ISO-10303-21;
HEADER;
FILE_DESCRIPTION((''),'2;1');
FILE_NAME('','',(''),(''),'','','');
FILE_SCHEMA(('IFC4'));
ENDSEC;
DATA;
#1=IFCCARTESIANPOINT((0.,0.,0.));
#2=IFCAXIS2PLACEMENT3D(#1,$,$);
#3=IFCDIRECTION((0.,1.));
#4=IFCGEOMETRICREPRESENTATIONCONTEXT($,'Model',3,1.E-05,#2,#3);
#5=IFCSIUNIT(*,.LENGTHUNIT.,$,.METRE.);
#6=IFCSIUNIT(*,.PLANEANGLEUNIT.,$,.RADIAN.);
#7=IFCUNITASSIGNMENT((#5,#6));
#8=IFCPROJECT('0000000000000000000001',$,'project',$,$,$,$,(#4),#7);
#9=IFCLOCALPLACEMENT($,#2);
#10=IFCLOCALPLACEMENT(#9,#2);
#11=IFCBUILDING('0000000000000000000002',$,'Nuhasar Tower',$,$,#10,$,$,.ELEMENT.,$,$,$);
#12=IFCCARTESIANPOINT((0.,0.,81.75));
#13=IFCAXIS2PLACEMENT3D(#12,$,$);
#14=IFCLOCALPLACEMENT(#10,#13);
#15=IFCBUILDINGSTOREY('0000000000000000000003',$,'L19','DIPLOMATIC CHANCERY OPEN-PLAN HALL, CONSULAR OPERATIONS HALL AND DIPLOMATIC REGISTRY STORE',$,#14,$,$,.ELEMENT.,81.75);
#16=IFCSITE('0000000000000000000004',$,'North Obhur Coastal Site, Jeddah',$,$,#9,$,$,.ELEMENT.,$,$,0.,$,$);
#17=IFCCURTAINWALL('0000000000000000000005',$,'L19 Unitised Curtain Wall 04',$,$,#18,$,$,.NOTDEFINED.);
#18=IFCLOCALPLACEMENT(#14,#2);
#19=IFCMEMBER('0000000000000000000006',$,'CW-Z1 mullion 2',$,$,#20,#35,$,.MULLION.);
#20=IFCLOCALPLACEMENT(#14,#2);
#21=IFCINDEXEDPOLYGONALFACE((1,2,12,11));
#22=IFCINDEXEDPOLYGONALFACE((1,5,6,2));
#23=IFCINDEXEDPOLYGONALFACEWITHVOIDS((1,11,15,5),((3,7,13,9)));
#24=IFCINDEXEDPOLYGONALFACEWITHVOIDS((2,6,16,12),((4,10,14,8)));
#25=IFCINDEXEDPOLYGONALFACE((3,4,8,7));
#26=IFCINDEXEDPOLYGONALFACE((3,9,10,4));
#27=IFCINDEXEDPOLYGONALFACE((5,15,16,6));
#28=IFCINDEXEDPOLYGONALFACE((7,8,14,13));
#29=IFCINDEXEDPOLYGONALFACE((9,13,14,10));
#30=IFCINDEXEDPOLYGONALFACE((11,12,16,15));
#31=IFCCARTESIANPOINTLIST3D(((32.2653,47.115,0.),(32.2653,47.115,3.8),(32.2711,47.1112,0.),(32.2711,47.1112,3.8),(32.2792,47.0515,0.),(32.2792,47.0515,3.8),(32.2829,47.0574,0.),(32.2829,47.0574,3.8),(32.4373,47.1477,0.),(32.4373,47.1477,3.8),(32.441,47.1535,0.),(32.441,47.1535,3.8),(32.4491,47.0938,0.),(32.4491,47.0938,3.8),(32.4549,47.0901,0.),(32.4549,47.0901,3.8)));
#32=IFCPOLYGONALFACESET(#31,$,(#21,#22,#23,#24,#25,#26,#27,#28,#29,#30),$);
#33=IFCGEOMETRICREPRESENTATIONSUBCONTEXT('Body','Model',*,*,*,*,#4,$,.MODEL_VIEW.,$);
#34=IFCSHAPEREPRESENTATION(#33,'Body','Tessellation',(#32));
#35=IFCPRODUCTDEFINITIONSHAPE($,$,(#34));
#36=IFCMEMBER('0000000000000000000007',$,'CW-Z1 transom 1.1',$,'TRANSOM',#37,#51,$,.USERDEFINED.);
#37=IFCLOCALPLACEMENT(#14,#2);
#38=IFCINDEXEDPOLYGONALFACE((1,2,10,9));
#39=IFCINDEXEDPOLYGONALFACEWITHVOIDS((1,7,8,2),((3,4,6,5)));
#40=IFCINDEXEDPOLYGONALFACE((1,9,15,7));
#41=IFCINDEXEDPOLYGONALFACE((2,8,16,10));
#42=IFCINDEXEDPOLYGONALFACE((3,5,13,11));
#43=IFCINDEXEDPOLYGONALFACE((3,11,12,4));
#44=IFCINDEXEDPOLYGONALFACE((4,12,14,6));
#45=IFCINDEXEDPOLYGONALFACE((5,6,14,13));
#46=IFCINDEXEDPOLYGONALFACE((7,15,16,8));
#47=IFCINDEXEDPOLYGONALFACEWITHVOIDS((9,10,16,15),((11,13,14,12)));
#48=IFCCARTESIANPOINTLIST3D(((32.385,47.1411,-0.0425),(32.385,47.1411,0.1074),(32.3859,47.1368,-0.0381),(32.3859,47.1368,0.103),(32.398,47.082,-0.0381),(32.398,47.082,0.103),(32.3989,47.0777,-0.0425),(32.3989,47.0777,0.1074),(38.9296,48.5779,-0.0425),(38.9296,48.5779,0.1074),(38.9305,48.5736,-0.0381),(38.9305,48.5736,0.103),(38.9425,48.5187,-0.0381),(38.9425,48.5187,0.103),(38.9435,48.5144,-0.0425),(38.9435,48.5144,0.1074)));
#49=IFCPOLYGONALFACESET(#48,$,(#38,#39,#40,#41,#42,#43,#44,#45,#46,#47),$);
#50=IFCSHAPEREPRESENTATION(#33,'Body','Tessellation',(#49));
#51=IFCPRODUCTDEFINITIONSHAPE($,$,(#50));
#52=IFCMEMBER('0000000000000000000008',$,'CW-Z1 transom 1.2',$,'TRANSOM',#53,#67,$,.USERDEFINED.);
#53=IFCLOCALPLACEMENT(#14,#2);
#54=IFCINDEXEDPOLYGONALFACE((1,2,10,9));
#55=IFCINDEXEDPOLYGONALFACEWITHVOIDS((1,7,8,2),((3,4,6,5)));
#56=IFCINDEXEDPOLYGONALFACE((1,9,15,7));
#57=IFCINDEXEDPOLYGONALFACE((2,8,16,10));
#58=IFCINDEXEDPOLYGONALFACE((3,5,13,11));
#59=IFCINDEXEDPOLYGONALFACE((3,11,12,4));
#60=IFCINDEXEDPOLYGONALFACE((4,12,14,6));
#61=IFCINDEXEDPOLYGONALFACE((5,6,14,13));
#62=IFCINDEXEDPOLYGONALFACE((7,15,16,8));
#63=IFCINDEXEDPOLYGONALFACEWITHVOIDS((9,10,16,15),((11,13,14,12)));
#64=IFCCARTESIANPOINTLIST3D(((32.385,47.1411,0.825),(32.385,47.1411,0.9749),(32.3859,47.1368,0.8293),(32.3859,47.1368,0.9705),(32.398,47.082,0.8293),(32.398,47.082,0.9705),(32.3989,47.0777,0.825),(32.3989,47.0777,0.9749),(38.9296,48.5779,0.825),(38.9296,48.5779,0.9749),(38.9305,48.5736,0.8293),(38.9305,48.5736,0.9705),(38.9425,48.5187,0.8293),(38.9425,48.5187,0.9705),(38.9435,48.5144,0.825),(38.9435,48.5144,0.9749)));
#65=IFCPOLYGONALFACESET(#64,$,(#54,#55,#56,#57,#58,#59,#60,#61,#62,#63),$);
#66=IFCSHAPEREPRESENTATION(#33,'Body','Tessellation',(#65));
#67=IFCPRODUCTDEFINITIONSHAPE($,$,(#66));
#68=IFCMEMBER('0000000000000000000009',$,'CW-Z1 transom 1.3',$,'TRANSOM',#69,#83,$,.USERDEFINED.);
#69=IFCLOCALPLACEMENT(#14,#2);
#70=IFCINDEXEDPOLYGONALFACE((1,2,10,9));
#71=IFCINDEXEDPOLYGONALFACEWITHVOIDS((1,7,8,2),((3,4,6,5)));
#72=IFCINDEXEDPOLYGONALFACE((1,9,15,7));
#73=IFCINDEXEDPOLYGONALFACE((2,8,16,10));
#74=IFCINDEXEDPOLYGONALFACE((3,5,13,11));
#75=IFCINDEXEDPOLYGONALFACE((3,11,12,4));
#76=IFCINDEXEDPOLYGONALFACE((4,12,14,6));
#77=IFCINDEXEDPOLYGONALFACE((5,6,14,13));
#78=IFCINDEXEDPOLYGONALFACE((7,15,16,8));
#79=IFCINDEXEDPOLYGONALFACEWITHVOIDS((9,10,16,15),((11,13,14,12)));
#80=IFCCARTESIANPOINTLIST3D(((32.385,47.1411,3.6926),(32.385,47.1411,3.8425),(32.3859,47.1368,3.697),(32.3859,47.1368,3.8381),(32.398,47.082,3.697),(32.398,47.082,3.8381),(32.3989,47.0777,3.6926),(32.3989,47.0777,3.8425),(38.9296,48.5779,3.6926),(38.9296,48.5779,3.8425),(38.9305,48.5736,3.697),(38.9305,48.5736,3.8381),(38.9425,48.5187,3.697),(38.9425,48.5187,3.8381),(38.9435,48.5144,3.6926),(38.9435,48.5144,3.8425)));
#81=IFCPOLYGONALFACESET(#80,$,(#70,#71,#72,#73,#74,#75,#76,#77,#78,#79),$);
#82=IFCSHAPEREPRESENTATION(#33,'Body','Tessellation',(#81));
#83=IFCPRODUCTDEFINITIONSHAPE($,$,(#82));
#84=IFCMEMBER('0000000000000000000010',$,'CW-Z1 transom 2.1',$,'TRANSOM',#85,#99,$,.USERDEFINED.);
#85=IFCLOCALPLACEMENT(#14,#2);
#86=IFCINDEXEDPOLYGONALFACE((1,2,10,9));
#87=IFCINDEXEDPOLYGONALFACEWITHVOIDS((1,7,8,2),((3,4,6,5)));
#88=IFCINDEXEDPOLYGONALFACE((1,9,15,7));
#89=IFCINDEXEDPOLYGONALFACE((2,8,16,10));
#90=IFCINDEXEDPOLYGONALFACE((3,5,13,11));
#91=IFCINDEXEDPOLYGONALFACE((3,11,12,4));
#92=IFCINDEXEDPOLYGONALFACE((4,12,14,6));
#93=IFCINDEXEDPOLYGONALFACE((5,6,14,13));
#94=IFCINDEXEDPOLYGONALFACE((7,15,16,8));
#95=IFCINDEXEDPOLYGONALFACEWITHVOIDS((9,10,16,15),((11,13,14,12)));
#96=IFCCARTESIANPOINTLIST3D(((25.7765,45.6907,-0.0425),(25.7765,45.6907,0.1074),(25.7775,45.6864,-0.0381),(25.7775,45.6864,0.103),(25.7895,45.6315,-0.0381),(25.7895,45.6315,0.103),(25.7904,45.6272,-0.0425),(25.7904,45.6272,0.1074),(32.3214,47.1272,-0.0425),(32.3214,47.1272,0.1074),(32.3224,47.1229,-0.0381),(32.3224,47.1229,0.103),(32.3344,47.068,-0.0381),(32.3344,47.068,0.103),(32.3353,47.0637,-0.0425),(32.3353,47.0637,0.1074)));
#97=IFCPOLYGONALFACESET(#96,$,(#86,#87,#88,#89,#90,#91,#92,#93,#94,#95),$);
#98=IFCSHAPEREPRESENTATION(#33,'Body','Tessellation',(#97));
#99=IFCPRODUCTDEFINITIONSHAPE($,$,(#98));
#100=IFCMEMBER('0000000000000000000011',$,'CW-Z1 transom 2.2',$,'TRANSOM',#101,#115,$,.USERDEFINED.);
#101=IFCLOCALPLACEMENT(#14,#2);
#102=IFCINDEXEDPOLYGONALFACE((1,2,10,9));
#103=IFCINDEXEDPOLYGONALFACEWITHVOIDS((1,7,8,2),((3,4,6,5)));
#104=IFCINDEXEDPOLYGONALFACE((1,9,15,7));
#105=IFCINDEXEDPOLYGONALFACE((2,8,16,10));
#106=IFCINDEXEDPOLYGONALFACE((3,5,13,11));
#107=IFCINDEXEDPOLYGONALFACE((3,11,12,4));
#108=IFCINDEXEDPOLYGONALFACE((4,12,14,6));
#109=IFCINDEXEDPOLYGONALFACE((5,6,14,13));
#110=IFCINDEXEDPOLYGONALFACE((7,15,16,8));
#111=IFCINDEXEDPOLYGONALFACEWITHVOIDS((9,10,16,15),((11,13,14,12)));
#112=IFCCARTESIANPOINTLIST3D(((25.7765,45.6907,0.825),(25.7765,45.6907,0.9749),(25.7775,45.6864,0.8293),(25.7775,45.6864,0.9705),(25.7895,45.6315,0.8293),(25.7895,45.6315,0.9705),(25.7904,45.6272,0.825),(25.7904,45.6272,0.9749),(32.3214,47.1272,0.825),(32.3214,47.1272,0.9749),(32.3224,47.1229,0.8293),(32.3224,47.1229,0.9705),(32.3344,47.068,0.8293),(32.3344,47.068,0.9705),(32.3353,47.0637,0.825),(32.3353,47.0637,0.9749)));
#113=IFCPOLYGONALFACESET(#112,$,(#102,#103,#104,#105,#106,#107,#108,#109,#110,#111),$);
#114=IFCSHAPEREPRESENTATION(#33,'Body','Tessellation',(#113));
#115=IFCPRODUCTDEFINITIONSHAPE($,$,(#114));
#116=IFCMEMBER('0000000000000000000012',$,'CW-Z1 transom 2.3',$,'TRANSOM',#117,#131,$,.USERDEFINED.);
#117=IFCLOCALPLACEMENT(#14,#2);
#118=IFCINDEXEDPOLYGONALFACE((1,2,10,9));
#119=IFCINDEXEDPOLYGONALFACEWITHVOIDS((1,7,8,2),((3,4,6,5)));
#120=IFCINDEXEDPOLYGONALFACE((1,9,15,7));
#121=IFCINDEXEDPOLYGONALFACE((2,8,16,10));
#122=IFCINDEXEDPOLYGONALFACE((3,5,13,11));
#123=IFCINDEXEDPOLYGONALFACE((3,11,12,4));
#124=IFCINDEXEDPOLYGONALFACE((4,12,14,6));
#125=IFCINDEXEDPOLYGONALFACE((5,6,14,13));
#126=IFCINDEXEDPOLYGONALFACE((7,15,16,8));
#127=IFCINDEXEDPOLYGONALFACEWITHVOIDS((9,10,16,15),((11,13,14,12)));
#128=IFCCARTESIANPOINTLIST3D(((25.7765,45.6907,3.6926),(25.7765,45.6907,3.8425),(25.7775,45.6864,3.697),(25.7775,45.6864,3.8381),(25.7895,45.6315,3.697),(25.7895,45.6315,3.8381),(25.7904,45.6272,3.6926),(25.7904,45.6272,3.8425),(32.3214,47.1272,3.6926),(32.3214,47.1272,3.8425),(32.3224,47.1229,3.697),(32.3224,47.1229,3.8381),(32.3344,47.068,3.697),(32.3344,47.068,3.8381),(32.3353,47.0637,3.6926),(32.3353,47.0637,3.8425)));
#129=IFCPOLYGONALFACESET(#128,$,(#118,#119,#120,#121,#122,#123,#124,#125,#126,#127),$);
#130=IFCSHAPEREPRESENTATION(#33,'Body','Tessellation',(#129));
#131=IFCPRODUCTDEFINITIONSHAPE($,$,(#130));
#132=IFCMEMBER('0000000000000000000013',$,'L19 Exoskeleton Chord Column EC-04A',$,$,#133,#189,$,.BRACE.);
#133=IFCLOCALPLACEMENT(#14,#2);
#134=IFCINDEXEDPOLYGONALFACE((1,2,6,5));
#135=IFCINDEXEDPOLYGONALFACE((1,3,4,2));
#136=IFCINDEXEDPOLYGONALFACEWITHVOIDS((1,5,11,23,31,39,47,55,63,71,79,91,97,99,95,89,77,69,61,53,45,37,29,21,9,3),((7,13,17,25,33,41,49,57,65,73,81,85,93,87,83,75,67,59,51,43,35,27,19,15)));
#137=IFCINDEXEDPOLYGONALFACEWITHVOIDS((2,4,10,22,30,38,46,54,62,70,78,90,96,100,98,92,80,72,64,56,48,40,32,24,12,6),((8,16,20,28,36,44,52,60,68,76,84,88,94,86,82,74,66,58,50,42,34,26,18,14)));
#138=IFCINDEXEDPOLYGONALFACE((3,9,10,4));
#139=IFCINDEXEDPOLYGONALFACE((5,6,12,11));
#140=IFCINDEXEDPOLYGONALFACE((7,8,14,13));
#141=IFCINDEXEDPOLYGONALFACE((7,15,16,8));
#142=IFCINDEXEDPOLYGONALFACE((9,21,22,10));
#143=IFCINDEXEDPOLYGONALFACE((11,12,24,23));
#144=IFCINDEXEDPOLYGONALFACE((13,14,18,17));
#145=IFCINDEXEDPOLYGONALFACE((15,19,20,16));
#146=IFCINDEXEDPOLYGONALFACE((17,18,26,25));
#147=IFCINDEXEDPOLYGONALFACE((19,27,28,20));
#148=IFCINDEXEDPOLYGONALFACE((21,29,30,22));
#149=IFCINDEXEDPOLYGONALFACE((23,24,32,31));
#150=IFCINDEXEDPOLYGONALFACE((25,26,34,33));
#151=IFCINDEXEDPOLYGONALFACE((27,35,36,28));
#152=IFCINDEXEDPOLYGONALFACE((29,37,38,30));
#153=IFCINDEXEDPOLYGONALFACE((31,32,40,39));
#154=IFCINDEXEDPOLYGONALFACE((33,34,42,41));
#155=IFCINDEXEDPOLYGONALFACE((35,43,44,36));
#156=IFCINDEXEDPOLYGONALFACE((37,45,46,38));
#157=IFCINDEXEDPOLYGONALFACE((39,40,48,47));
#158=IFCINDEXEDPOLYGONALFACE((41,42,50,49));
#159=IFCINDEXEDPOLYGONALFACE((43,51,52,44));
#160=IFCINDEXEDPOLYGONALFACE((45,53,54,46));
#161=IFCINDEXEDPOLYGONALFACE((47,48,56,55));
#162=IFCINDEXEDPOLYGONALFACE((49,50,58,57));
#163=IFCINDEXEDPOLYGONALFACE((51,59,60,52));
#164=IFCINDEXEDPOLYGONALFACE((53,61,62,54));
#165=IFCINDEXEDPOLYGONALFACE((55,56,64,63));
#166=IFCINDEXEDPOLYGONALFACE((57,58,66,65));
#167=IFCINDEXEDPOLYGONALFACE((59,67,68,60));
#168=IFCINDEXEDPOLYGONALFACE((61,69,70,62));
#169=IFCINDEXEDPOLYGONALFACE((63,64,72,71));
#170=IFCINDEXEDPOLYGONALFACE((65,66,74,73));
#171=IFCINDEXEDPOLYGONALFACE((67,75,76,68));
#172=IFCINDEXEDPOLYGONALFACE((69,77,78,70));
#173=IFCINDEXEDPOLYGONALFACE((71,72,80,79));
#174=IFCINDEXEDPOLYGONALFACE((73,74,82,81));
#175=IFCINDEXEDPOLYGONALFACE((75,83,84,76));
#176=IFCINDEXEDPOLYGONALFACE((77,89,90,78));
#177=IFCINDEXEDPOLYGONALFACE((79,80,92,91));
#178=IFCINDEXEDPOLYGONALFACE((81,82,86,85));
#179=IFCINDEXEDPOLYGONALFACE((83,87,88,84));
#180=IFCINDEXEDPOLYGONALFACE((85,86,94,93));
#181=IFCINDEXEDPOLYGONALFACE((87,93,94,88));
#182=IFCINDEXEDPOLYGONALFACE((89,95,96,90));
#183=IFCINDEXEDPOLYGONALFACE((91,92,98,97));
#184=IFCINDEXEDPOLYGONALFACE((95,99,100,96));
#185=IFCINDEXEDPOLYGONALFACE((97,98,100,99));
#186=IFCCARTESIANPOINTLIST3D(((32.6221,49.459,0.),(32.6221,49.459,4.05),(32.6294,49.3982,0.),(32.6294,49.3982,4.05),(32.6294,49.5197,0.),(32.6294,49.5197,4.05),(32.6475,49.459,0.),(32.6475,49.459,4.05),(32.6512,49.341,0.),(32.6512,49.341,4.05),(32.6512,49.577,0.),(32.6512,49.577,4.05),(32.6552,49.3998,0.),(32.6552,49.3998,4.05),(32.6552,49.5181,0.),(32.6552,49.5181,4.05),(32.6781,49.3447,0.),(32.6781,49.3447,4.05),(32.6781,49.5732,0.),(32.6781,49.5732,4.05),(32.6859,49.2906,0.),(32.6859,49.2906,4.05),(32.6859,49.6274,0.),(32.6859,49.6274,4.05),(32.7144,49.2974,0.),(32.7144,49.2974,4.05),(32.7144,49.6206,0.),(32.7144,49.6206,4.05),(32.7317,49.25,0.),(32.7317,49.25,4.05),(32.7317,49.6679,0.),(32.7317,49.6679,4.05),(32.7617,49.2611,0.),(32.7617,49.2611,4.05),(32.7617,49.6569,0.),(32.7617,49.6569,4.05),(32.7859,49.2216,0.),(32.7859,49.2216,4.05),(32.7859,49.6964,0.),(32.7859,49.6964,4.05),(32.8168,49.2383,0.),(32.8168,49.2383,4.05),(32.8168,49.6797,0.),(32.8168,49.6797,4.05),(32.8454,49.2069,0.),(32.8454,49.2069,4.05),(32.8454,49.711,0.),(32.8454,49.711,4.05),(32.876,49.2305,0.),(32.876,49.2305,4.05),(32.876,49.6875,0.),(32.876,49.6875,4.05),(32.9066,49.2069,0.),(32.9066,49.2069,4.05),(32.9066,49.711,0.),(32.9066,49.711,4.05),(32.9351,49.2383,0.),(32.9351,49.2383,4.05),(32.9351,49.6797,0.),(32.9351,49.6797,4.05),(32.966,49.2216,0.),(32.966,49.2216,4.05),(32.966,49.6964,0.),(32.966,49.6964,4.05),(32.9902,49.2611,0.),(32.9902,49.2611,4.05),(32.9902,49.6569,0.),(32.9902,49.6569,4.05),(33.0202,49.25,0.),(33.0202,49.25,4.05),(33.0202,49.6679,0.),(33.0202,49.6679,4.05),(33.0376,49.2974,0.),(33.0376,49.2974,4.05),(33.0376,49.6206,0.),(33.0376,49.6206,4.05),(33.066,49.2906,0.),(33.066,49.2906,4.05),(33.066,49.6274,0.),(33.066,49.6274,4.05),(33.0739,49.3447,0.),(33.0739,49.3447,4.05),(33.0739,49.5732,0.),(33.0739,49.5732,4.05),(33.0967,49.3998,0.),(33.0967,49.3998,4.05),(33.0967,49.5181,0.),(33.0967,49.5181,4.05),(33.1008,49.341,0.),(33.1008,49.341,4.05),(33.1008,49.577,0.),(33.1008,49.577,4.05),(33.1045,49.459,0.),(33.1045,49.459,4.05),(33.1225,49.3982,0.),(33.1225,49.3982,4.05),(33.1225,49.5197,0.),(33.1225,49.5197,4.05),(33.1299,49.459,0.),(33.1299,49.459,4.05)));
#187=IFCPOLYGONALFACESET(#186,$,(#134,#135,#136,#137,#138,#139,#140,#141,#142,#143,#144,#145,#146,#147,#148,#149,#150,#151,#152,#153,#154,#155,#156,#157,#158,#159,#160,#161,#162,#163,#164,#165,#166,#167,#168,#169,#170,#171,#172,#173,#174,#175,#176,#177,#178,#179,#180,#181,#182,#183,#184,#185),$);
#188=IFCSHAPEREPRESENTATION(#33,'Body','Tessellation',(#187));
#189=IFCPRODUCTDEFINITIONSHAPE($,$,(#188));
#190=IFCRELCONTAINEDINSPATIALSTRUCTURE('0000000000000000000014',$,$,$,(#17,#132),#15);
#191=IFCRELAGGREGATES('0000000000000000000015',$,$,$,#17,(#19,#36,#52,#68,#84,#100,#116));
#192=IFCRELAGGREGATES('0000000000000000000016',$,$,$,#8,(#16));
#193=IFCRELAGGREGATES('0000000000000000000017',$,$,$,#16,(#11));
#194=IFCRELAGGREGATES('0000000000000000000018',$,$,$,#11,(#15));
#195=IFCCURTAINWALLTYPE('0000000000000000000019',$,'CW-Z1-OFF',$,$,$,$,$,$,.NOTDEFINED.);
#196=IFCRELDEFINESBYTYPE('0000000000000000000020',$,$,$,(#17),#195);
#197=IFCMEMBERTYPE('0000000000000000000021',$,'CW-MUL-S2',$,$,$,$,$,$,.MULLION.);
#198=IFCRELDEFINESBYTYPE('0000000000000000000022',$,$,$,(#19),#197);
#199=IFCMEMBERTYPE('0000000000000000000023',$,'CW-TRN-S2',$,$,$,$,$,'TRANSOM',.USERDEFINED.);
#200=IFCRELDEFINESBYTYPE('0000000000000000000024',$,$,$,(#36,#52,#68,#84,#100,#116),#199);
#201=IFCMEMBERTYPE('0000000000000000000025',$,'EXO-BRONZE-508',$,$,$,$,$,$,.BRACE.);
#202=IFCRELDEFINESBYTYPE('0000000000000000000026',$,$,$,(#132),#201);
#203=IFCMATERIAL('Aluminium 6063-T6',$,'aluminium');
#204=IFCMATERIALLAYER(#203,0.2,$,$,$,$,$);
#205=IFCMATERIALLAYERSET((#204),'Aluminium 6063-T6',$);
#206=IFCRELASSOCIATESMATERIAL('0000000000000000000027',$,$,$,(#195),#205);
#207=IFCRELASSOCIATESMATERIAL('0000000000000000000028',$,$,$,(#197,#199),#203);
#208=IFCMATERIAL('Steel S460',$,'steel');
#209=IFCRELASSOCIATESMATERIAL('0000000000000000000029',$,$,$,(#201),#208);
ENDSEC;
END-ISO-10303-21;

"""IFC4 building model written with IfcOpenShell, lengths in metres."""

from ifc_helpers import new_model, si_unit, direction, frame, origin, origin_2d, place, context, subcontext, project, spatial, hollow_rectangle, hollow_circle, extrude, material, layer, layer_set, material_profile, profile_set, type_object, element, aggregate, save


model = new_model("IFC4")

# Units and contexts
model_context = context("Model", 3, precision=1e-05, world=origin(), true_north=direction((0.0, 1.0)))
body_context = subcontext(model_context, "Body", "Model", "MODEL_VIEW")
ifc_project = project(units=[si_unit("LENGTHUNIT", "METRE"), si_unit("PLANEANGLEUNIT", "RADIAN")], contexts=[model_context])

# Site, building, storey
site_placement = place(None, origin())
site = spatial("IfcSite", under=ifc_project, at=site_placement, Name="North Obhur Coastal Site, Jeddah", CompositionType="ELEMENT", RefElevation=0.0)
building_placement = place(site_placement, origin())
building = spatial("IfcBuilding", under=site, at=building_placement, Name="Nuhasar Tower", CompositionType="ELEMENT")
storey_placement = place(building_placement, frame((0.0, 0.0, 81.75)))
storey = spatial("IfcBuildingStorey", under=building, at=storey_placement, Name="L19", Description="DIPLOMATIC CHANCERY OPEN-PLAN HALL, CONSULAR OPERATIONS HALL AND DIPLOMATIC REGISTRY STORE", CompositionType="ELEMENT", Elevation=81.75)

# Curtain wall, members
ifc_material_1 = material(Name="Aluminium 6063-T6", Category="aluminium")
ifc_layer_1 = layer(ifc_material_1, 0.2)
ifc_layer_set_1 = layer_set([ifc_layer_1], Name="Aluminium 6063-T6")
curtain_wall_type = type_object("IfcCurtainWallType", Name="CW-Z1-OFF", PredefinedType="NOTDEFINED", material=ifc_layer_set_1)
curtain_wall_placement = place(storey_placement, origin())
curtain_wall = element("IfcCurtainWall", 1, at=curtain_wall_placement, inside=storey, type_object=curtain_wall_type, Name="L19 Unitised Curtain Wall 04", PredefinedType="NOTDEFINED")
ifc_material_profile_1 = material_profile(ifc_material_1, hollow_rectangle(XDim=0.0649, YDim=0.1799, WallThickness=0.0049, at=origin_2d()), Name="CWM-2")
ifc_profile_set_1 = profile_set([ifc_material_profile_1], Name="Aluminium 6063-T6")
member_type_1 = type_object("IfcMemberType", Name="CW-MUL-S2", PredefinedType="MULLION", material=ifc_profile_set_1)
member_1_placement = place(storey_placement, frame((32.3601, 47.1025, 0.0), z_axis=(0.0, 0.0, 1.0), x_axis=(0.214399, -0.976746, 0.0)))
member_1 = element("IfcMember", 2, at=member_1_placement, type_object=member_type_1, Name="CW-Z1 mullion 2", PredefinedType="MULLION", context=body_context, shape_type="SweptSolid", body=[
    extrude(hollow_rectangle(XDim=0.0649, YDim=0.1799, WallThickness=0.0049, at=origin_2d()), origin(), (0.0, 0.0, 1.0), 3.8),
])
ifc_material_profile_2 = material_profile(ifc_material_1, hollow_rectangle(XDim=0.0649, YDim=0.1499, WallThickness=0.0044, at=origin_2d()), Name="CWT-2")
ifc_profile_set_2 = profile_set([ifc_material_profile_2], Name="Aluminium 6063-T6")
member_type_2 = type_object("IfcMemberType", Name="CW-TRN-S2", ElementType="TRANSOM", PredefinedType="USERDEFINED", material=ifc_profile_set_2)
member_2_placement = place(storey_placement, frame((38.9365, 48.5461, 0.0325), z_axis=(-0.97674, -0.214426, 0.0), x_axis=(0.214426, -0.97674, 0.0)))
member_2 = element("IfcMember", 3, at=member_2_placement, type_object=member_type_2, Name="CW-Z1 transom 1.1", ObjectType="TRANSOM", PredefinedType="USERDEFINED", context=body_context, shape_type="SweptSolid", body=[
    extrude(hollow_rectangle(XDim=0.0649, YDim=0.1499, WallThickness=0.0044, at=origin_2d()), origin(), (0.0, 0.0, 1.0), 6.7004),
])
member_3_placement = place(storey_placement, frame((38.9365, 48.5461, 0.8999), z_axis=(-0.97674, -0.214426, 0.0), x_axis=(0.214426, -0.97674, 0.0)))
member_3 = element("IfcMember", 4, at=member_3_placement, type_object=member_type_2, Name="CW-Z1 transom 1.2", ObjectType="TRANSOM", PredefinedType="USERDEFINED", context=body_context, shape_type="SweptSolid", body=[
    extrude(hollow_rectangle(XDim=0.0649, YDim=0.1499, WallThickness=0.0044, at=origin_2d()), origin(), (0.0, 0.0, 1.0), 6.7004),
])
member_4_placement = place(storey_placement, frame((38.9365, 48.5461, 3.7676), z_axis=(-0.97674, -0.214426, 0.0), x_axis=(0.214426, -0.97674, 0.0)))
member_4 = element("IfcMember", 5, at=member_4_placement, type_object=member_type_2, Name="CW-Z1 transom 1.3", ObjectType="TRANSOM", PredefinedType="USERDEFINED", context=body_context, shape_type="SweptSolid", body=[
    extrude(hollow_rectangle(XDim=0.0649, YDim=0.1499, WallThickness=0.0044, at=origin_2d()), origin(), (0.0, 0.0, 1.0), 6.7004),
])
member_5_placement = place(storey_placement, frame((32.3284, 47.0955, 0.0325), z_axis=(-0.97675, -0.214384, 0.0), x_axis=(0.214384, -0.97675, 0.0)))
member_5 = element("IfcMember", 6, at=member_5_placement, type_object=member_type_2, Name="CW-Z1 transom 2.1", ObjectType="TRANSOM", PredefinedType="USERDEFINED", context=body_context, shape_type="SweptSolid", body=[
    extrude(hollow_rectangle(XDim=0.0649, YDim=0.1499, WallThickness=0.0044, at=origin_2d()), origin(), (0.0, 0.0, 1.0), 6.7007),
])
member_6_placement = place(storey_placement, frame((32.3284, 47.0955, 0.8999), z_axis=(-0.97675, -0.214384, 0.0), x_axis=(0.214384, -0.97675, 0.0)))
member_6 = element("IfcMember", 7, at=member_6_placement, type_object=member_type_2, Name="CW-Z1 transom 2.2", ObjectType="TRANSOM", PredefinedType="USERDEFINED", context=body_context, shape_type="SweptSolid", body=[
    extrude(hollow_rectangle(XDim=0.0649, YDim=0.1499, WallThickness=0.0044, at=origin_2d()), origin(), (0.0, 0.0, 1.0), 6.7007),
])
member_7_placement = place(storey_placement, frame((32.3284, 47.0955, 3.7676), z_axis=(-0.97675, -0.214384, 0.0), x_axis=(0.214384, -0.97675, 0.0)))
member_7 = element("IfcMember", 8, at=member_7_placement, type_object=member_type_2, Name="CW-Z1 transom 2.3", ObjectType="TRANSOM", PredefinedType="USERDEFINED", context=body_context, shape_type="SweptSolid", body=[
    extrude(hollow_rectangle(XDim=0.0649, YDim=0.1499, WallThickness=0.0044, at=origin_2d()), origin(), (0.0, 0.0, 1.0), 6.7007),
])

# Member
ifc_material_2 = material(Name="Steel S460", Category="steel")
ifc_material_profile_3 = material_profile(ifc_material_2, hollow_circle(Radius=0.2539, WallThickness=0.0254, at=origin_2d()), Name="HSS508X25.4")
ifc_profile_set_3 = profile_set([ifc_material_profile_3], Name="Steel S460")
member_type_3 = type_object("IfcMemberType", Name="EXO-BRONZE-508", PredefinedType="BRACE", material=ifc_profile_set_3)
member_8_placement = place(storey_placement, frame((32.876, 49.459, 0.0), z_axis=(0.0, 0.0, 1.0), x_axis=(1.0, 0.0, 0.0)))
element("IfcMember", 9, at=member_8_placement, inside=storey, type_object=member_type_3, Name="L19 Exoskeleton Chord Column EC-04A", PredefinedType="BRACE", context=body_context, shape_type="SweptSolid", body=[
    extrude(hollow_circle(Radius=0.2539, WallThickness=0.0254, at=origin_2d()), origin(), (0.0, 0.0, 1.0), 4.05),
])

aggregate(curtain_wall, [member_1, member_2, member_3, member_4, member_5, member_6, member_7])

save(model, "model.ifc")
